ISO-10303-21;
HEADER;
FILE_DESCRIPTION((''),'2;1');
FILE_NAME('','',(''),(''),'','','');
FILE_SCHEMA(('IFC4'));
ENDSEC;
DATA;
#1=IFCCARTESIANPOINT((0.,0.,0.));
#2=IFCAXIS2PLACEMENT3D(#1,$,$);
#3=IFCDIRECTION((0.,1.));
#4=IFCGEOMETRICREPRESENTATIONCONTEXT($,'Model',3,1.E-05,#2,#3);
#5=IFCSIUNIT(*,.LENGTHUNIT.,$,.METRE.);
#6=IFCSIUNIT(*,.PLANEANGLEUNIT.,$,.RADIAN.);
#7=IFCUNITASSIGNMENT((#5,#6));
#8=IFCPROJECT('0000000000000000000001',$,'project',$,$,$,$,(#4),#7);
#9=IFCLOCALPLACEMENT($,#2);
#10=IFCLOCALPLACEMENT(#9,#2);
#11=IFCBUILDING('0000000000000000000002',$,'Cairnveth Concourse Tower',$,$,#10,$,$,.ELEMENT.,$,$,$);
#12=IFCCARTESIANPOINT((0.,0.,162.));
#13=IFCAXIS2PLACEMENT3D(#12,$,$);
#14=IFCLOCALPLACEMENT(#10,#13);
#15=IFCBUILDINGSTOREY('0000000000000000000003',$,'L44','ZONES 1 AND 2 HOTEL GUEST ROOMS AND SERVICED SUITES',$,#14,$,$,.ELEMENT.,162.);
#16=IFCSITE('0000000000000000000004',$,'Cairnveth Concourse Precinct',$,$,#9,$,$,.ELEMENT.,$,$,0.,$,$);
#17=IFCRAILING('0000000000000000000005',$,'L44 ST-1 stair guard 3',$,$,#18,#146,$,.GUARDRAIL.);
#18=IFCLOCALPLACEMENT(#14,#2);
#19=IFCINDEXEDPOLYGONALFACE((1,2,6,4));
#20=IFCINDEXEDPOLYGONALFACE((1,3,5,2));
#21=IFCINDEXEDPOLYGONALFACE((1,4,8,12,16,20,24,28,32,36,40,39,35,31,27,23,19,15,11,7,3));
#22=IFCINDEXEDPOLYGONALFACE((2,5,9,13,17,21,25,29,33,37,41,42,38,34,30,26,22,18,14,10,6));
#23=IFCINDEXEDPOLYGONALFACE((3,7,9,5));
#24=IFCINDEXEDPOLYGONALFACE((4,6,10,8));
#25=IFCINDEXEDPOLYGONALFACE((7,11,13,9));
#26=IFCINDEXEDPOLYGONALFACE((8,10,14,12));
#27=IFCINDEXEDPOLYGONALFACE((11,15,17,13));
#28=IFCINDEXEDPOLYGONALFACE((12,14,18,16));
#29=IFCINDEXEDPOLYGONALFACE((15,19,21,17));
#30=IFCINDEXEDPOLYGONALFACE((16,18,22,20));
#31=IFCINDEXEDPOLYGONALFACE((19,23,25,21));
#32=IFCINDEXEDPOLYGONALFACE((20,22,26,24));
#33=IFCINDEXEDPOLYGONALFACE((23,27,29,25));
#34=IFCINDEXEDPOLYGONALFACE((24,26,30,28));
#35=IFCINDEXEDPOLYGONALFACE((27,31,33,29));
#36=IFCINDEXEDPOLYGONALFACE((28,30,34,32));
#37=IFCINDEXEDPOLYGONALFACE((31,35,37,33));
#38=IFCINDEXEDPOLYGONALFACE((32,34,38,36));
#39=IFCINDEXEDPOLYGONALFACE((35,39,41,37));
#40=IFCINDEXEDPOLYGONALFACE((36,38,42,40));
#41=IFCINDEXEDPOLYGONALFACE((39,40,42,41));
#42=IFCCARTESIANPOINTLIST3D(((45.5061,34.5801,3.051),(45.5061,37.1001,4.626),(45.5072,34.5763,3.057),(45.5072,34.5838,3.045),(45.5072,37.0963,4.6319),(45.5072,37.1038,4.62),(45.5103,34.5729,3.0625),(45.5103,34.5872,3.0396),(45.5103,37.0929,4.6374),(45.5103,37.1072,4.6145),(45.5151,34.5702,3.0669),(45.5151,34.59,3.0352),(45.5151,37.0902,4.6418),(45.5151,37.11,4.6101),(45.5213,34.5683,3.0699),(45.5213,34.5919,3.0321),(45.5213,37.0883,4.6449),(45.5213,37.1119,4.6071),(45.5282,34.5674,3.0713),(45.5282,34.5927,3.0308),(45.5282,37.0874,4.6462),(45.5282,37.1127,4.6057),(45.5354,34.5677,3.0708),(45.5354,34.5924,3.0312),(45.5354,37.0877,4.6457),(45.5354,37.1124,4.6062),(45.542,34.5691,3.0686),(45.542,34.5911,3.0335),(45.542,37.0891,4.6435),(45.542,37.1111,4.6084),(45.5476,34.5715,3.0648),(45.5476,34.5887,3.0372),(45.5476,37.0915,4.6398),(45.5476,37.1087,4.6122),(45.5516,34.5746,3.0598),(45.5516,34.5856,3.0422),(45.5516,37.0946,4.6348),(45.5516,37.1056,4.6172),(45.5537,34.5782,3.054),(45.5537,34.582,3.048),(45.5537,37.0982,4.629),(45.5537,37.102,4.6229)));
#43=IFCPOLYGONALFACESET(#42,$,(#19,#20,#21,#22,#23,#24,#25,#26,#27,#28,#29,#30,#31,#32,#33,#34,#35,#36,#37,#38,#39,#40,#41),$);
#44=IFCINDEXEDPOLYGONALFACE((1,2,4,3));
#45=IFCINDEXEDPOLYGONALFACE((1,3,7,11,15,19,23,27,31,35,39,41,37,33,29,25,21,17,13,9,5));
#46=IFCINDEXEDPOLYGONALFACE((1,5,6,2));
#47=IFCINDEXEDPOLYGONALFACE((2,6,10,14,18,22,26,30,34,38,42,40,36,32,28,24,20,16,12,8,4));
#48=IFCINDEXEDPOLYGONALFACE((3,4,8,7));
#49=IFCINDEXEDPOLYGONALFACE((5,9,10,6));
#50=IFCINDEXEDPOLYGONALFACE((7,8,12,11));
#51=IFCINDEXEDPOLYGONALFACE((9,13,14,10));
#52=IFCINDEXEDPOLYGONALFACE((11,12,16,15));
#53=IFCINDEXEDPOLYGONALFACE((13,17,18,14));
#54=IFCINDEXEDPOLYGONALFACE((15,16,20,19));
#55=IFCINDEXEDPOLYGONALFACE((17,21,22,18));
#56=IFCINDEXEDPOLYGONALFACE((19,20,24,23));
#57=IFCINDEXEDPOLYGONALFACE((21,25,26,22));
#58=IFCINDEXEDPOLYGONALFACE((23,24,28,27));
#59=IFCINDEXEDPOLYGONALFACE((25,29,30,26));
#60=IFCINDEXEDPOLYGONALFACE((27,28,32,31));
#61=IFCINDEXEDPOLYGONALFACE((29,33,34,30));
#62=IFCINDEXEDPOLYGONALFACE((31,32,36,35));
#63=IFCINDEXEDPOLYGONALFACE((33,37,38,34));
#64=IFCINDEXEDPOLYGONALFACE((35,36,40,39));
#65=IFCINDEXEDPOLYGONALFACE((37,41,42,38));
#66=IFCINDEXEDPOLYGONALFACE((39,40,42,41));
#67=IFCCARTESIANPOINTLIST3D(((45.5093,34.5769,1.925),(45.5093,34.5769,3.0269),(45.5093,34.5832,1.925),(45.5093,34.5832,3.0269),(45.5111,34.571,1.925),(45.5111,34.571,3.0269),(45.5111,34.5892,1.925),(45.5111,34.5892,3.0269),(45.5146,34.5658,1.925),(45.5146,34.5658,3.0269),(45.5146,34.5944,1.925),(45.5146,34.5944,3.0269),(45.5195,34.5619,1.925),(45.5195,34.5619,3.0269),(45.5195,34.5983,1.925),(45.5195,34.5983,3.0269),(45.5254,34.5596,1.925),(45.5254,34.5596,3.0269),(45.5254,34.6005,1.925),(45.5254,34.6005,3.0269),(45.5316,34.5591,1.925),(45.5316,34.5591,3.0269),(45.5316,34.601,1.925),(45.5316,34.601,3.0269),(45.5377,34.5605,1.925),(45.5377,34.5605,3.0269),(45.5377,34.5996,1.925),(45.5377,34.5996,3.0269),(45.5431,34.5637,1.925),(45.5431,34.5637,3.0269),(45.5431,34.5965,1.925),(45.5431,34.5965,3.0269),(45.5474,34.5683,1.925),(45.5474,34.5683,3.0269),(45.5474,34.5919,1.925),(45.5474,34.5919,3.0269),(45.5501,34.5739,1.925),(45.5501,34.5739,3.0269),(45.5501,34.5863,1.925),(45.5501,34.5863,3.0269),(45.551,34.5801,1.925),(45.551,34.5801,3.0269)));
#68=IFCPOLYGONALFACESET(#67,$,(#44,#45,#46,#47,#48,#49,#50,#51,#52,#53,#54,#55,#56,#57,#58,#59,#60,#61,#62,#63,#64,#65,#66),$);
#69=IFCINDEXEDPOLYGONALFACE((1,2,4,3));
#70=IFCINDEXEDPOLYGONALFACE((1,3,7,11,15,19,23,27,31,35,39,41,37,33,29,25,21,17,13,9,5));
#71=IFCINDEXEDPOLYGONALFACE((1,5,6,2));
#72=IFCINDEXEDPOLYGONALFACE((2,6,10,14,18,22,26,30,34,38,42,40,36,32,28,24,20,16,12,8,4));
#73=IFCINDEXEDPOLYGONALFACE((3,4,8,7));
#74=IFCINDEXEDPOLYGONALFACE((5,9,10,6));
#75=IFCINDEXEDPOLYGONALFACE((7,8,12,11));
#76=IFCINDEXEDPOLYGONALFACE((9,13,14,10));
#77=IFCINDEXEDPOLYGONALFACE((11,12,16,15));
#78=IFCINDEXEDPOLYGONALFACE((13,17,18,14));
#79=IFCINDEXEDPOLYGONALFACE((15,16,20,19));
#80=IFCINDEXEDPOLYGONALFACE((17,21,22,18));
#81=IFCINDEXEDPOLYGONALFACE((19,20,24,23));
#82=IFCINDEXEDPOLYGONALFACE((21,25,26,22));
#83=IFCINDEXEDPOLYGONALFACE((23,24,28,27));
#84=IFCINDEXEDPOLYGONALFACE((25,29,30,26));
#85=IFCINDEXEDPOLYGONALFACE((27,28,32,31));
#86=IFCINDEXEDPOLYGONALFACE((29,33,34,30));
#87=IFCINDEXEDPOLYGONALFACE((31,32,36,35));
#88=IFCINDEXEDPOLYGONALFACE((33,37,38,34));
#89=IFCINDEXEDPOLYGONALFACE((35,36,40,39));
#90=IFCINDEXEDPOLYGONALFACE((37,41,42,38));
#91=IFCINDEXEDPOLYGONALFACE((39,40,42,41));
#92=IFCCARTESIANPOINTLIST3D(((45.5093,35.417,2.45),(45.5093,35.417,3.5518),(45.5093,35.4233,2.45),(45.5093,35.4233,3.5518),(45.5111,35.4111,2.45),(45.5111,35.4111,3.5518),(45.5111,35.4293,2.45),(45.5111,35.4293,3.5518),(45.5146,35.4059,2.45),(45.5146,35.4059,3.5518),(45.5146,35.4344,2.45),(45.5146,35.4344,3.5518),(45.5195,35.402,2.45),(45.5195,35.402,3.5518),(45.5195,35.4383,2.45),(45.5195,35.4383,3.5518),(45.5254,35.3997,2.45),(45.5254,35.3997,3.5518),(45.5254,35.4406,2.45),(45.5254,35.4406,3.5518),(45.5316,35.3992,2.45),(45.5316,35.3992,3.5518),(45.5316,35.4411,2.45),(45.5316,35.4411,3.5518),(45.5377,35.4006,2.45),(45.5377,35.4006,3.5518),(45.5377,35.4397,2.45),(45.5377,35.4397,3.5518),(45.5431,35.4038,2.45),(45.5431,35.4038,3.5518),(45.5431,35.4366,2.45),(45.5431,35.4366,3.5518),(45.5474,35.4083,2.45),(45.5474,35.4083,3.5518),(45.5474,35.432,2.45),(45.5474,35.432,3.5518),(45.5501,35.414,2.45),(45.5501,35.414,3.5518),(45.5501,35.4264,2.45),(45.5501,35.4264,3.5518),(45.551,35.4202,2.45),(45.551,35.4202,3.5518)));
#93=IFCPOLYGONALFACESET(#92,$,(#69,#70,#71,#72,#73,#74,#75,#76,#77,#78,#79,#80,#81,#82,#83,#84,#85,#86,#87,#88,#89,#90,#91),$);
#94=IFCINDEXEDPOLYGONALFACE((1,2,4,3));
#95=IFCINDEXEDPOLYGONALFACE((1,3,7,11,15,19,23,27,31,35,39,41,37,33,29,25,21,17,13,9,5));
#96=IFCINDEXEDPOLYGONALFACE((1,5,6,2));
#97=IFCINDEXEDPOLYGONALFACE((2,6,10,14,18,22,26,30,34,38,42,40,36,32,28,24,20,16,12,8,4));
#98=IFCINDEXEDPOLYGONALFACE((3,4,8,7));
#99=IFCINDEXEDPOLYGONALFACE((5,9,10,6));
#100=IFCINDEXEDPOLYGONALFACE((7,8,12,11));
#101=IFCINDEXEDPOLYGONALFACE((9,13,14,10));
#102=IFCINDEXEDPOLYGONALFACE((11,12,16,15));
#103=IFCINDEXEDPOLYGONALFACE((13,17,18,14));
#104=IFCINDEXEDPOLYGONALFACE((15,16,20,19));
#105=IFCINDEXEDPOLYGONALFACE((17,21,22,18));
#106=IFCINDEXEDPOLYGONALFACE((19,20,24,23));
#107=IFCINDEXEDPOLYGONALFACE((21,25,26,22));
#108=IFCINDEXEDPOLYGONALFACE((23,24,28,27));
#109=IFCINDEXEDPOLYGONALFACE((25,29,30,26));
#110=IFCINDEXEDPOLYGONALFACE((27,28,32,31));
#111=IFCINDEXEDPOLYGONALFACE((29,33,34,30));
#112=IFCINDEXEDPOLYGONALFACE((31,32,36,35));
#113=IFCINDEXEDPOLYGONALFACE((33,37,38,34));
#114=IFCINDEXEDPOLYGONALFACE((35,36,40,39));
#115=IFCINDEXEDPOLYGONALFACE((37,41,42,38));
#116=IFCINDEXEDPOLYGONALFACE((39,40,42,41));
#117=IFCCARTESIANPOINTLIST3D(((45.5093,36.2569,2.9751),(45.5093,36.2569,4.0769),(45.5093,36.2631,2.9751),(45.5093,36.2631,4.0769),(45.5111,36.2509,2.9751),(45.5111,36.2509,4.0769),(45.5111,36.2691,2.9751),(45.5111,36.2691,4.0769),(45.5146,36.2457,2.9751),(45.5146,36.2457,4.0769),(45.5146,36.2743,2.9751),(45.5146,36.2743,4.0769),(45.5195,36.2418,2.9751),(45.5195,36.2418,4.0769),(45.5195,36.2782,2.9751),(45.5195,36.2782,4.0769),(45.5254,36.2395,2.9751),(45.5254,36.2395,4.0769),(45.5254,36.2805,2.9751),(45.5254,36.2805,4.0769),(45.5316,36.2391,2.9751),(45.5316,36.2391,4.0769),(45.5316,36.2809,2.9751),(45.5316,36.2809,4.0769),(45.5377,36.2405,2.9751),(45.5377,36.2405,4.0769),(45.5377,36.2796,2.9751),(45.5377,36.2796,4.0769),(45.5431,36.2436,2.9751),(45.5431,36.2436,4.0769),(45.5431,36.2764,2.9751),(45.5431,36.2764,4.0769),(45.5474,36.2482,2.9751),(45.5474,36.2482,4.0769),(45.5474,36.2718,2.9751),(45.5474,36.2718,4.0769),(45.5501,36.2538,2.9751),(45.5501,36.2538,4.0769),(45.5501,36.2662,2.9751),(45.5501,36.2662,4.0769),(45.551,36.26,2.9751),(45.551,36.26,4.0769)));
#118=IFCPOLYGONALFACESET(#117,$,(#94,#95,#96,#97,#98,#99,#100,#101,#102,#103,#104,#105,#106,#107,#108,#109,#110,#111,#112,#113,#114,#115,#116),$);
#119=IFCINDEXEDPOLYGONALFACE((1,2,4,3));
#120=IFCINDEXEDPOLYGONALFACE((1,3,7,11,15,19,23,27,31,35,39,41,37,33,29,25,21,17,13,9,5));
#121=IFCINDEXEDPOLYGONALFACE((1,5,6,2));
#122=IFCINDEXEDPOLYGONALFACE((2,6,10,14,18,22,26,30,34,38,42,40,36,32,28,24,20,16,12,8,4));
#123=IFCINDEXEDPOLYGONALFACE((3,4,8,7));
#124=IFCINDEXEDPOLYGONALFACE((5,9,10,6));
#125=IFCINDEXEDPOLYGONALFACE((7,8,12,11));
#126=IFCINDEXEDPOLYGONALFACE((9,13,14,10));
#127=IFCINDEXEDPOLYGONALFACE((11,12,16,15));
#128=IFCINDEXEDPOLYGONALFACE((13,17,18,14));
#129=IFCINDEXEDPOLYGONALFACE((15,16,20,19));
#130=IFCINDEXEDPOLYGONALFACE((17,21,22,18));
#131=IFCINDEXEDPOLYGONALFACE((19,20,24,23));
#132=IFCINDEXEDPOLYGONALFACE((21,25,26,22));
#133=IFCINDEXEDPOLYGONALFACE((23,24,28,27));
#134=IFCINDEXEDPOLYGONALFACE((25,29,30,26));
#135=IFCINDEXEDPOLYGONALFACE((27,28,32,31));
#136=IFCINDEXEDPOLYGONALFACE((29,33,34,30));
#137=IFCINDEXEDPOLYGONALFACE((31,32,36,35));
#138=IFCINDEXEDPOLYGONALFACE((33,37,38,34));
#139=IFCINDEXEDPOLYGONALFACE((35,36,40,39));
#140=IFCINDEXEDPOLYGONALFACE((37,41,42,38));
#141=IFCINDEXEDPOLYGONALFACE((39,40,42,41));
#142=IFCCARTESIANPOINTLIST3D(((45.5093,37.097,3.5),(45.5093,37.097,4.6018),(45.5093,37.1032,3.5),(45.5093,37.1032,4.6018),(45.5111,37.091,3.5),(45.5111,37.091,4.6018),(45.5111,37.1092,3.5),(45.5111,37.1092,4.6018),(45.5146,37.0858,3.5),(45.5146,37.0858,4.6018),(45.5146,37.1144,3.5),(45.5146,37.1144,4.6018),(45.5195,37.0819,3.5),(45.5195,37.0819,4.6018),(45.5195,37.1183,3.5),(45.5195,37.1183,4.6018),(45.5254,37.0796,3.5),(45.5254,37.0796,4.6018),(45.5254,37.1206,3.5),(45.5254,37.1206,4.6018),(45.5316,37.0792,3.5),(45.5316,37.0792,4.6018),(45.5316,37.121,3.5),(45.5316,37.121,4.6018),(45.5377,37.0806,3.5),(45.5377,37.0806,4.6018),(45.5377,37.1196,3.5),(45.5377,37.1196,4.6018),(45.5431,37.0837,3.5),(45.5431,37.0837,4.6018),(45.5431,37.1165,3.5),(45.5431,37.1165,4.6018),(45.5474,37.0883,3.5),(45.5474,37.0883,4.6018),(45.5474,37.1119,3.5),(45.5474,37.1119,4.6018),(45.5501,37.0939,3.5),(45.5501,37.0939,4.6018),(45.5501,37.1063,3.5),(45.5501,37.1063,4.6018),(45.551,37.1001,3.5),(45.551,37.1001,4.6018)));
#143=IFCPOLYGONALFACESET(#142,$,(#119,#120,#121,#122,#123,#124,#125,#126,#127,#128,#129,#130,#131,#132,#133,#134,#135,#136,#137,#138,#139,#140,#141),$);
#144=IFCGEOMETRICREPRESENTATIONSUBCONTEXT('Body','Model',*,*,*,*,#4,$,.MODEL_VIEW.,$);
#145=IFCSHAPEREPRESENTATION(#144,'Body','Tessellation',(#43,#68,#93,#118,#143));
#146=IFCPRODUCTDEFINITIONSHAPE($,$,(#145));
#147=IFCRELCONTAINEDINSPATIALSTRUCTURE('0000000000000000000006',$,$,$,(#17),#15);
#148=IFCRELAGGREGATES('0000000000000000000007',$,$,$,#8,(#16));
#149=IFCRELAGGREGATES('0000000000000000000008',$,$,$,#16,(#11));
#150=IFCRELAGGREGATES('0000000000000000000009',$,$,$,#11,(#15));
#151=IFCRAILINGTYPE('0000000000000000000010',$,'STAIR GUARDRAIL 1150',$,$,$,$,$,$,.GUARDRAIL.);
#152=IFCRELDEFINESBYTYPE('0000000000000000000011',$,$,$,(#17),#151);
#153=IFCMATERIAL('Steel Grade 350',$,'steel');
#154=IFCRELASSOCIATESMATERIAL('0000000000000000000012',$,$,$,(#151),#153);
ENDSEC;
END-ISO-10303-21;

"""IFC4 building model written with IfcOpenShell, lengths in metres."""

from ifc_helpers import new_model, si_unit, direction, frame, origin, origin_2d, place, context, subcontext, project, spatial, circle, extrude, material, type_object, element, save


model = new_model("IFC4")

# Units and contexts
model_context = context("Model", 3, precision=1e-05, world=origin(), true_north=direction((0.0, 1.0)))
body_context = subcontext(model_context, "Body", "Model", "MODEL_VIEW")
ifc_project = project(units=[si_unit("LENGTHUNIT", "METRE"), si_unit("PLANEANGLEUNIT", "RADIAN")], contexts=[model_context])

# Site, building, storey
site_placement = place(None, origin())
site = spatial("IfcSite", under=ifc_project, at=site_placement, Name="Cairnveth Concourse Precinct", CompositionType="ELEMENT", RefElevation=0.0)
building_placement = place(site_placement, origin())
building = spatial("IfcBuilding", under=site, at=building_placement, Name="Cairnveth Concourse Tower", CompositionType="ELEMENT")
storey_placement = place(building_placement, frame((0.0, 0.0, 162.0)))
storey = spatial("IfcBuildingStorey", under=building, at=storey_placement, Name="L44", Description="ZONES 1 AND 2 HOTEL GUEST ROOMS AND SERVICED SUITES", CompositionType="ELEMENT", Elevation=162.0)

# Shared definitions
ifc_material_1 = material(Name="Steel Grade 350", Category="steel")

# Railing
railing_type_1 = type_object("IfcRailingType", Name="STAIR GUARDRAIL 1150", PredefinedType="GUARDRAIL", material=ifc_material_1)
railing_1_placement = place(storey_placement, frame((45.53, 34.5801, 1.925)))
element("IfcRailing", 1, at=railing_1_placement, inside=storey, type_object=railing_type_1, Name="L44 ST-1 stair guard 3", PredefinedType="GUARDRAIL", context=body_context, shape_type="SweptSolid", body=[
    extrude(circle(Radius=0.0239, at=origin_2d()), frame((0.0, 0.0, 1.126), z_axis=(0.0, 0.848008, 0.529984), x_axis=(-1.0, 0.0, 0.0)), (0.0, 0.0, 1.0), 2.9717),
    extrude(circle(Radius=0.021, at=origin_2d()), origin(), (0.0, 0.0, 1.0), 1.1018),
    extrude(circle(Radius=0.021, at=origin_2d()), frame((0.0, 0.8401, 0.5249)), (0.0, 0.0, 1.0), 1.1018),
    extrude(circle(Radius=0.021, at=origin_2d()), frame((0.0, 1.6799, 1.05)), (0.0, 0.0, 1.0), 1.1018),
    extrude(circle(Radius=0.021, at=origin_2d()), frame((0.0, 2.52, 1.575)), (0.0, 0.0, 1.0), 1.1018),
])

save(model, "model.ifc")
